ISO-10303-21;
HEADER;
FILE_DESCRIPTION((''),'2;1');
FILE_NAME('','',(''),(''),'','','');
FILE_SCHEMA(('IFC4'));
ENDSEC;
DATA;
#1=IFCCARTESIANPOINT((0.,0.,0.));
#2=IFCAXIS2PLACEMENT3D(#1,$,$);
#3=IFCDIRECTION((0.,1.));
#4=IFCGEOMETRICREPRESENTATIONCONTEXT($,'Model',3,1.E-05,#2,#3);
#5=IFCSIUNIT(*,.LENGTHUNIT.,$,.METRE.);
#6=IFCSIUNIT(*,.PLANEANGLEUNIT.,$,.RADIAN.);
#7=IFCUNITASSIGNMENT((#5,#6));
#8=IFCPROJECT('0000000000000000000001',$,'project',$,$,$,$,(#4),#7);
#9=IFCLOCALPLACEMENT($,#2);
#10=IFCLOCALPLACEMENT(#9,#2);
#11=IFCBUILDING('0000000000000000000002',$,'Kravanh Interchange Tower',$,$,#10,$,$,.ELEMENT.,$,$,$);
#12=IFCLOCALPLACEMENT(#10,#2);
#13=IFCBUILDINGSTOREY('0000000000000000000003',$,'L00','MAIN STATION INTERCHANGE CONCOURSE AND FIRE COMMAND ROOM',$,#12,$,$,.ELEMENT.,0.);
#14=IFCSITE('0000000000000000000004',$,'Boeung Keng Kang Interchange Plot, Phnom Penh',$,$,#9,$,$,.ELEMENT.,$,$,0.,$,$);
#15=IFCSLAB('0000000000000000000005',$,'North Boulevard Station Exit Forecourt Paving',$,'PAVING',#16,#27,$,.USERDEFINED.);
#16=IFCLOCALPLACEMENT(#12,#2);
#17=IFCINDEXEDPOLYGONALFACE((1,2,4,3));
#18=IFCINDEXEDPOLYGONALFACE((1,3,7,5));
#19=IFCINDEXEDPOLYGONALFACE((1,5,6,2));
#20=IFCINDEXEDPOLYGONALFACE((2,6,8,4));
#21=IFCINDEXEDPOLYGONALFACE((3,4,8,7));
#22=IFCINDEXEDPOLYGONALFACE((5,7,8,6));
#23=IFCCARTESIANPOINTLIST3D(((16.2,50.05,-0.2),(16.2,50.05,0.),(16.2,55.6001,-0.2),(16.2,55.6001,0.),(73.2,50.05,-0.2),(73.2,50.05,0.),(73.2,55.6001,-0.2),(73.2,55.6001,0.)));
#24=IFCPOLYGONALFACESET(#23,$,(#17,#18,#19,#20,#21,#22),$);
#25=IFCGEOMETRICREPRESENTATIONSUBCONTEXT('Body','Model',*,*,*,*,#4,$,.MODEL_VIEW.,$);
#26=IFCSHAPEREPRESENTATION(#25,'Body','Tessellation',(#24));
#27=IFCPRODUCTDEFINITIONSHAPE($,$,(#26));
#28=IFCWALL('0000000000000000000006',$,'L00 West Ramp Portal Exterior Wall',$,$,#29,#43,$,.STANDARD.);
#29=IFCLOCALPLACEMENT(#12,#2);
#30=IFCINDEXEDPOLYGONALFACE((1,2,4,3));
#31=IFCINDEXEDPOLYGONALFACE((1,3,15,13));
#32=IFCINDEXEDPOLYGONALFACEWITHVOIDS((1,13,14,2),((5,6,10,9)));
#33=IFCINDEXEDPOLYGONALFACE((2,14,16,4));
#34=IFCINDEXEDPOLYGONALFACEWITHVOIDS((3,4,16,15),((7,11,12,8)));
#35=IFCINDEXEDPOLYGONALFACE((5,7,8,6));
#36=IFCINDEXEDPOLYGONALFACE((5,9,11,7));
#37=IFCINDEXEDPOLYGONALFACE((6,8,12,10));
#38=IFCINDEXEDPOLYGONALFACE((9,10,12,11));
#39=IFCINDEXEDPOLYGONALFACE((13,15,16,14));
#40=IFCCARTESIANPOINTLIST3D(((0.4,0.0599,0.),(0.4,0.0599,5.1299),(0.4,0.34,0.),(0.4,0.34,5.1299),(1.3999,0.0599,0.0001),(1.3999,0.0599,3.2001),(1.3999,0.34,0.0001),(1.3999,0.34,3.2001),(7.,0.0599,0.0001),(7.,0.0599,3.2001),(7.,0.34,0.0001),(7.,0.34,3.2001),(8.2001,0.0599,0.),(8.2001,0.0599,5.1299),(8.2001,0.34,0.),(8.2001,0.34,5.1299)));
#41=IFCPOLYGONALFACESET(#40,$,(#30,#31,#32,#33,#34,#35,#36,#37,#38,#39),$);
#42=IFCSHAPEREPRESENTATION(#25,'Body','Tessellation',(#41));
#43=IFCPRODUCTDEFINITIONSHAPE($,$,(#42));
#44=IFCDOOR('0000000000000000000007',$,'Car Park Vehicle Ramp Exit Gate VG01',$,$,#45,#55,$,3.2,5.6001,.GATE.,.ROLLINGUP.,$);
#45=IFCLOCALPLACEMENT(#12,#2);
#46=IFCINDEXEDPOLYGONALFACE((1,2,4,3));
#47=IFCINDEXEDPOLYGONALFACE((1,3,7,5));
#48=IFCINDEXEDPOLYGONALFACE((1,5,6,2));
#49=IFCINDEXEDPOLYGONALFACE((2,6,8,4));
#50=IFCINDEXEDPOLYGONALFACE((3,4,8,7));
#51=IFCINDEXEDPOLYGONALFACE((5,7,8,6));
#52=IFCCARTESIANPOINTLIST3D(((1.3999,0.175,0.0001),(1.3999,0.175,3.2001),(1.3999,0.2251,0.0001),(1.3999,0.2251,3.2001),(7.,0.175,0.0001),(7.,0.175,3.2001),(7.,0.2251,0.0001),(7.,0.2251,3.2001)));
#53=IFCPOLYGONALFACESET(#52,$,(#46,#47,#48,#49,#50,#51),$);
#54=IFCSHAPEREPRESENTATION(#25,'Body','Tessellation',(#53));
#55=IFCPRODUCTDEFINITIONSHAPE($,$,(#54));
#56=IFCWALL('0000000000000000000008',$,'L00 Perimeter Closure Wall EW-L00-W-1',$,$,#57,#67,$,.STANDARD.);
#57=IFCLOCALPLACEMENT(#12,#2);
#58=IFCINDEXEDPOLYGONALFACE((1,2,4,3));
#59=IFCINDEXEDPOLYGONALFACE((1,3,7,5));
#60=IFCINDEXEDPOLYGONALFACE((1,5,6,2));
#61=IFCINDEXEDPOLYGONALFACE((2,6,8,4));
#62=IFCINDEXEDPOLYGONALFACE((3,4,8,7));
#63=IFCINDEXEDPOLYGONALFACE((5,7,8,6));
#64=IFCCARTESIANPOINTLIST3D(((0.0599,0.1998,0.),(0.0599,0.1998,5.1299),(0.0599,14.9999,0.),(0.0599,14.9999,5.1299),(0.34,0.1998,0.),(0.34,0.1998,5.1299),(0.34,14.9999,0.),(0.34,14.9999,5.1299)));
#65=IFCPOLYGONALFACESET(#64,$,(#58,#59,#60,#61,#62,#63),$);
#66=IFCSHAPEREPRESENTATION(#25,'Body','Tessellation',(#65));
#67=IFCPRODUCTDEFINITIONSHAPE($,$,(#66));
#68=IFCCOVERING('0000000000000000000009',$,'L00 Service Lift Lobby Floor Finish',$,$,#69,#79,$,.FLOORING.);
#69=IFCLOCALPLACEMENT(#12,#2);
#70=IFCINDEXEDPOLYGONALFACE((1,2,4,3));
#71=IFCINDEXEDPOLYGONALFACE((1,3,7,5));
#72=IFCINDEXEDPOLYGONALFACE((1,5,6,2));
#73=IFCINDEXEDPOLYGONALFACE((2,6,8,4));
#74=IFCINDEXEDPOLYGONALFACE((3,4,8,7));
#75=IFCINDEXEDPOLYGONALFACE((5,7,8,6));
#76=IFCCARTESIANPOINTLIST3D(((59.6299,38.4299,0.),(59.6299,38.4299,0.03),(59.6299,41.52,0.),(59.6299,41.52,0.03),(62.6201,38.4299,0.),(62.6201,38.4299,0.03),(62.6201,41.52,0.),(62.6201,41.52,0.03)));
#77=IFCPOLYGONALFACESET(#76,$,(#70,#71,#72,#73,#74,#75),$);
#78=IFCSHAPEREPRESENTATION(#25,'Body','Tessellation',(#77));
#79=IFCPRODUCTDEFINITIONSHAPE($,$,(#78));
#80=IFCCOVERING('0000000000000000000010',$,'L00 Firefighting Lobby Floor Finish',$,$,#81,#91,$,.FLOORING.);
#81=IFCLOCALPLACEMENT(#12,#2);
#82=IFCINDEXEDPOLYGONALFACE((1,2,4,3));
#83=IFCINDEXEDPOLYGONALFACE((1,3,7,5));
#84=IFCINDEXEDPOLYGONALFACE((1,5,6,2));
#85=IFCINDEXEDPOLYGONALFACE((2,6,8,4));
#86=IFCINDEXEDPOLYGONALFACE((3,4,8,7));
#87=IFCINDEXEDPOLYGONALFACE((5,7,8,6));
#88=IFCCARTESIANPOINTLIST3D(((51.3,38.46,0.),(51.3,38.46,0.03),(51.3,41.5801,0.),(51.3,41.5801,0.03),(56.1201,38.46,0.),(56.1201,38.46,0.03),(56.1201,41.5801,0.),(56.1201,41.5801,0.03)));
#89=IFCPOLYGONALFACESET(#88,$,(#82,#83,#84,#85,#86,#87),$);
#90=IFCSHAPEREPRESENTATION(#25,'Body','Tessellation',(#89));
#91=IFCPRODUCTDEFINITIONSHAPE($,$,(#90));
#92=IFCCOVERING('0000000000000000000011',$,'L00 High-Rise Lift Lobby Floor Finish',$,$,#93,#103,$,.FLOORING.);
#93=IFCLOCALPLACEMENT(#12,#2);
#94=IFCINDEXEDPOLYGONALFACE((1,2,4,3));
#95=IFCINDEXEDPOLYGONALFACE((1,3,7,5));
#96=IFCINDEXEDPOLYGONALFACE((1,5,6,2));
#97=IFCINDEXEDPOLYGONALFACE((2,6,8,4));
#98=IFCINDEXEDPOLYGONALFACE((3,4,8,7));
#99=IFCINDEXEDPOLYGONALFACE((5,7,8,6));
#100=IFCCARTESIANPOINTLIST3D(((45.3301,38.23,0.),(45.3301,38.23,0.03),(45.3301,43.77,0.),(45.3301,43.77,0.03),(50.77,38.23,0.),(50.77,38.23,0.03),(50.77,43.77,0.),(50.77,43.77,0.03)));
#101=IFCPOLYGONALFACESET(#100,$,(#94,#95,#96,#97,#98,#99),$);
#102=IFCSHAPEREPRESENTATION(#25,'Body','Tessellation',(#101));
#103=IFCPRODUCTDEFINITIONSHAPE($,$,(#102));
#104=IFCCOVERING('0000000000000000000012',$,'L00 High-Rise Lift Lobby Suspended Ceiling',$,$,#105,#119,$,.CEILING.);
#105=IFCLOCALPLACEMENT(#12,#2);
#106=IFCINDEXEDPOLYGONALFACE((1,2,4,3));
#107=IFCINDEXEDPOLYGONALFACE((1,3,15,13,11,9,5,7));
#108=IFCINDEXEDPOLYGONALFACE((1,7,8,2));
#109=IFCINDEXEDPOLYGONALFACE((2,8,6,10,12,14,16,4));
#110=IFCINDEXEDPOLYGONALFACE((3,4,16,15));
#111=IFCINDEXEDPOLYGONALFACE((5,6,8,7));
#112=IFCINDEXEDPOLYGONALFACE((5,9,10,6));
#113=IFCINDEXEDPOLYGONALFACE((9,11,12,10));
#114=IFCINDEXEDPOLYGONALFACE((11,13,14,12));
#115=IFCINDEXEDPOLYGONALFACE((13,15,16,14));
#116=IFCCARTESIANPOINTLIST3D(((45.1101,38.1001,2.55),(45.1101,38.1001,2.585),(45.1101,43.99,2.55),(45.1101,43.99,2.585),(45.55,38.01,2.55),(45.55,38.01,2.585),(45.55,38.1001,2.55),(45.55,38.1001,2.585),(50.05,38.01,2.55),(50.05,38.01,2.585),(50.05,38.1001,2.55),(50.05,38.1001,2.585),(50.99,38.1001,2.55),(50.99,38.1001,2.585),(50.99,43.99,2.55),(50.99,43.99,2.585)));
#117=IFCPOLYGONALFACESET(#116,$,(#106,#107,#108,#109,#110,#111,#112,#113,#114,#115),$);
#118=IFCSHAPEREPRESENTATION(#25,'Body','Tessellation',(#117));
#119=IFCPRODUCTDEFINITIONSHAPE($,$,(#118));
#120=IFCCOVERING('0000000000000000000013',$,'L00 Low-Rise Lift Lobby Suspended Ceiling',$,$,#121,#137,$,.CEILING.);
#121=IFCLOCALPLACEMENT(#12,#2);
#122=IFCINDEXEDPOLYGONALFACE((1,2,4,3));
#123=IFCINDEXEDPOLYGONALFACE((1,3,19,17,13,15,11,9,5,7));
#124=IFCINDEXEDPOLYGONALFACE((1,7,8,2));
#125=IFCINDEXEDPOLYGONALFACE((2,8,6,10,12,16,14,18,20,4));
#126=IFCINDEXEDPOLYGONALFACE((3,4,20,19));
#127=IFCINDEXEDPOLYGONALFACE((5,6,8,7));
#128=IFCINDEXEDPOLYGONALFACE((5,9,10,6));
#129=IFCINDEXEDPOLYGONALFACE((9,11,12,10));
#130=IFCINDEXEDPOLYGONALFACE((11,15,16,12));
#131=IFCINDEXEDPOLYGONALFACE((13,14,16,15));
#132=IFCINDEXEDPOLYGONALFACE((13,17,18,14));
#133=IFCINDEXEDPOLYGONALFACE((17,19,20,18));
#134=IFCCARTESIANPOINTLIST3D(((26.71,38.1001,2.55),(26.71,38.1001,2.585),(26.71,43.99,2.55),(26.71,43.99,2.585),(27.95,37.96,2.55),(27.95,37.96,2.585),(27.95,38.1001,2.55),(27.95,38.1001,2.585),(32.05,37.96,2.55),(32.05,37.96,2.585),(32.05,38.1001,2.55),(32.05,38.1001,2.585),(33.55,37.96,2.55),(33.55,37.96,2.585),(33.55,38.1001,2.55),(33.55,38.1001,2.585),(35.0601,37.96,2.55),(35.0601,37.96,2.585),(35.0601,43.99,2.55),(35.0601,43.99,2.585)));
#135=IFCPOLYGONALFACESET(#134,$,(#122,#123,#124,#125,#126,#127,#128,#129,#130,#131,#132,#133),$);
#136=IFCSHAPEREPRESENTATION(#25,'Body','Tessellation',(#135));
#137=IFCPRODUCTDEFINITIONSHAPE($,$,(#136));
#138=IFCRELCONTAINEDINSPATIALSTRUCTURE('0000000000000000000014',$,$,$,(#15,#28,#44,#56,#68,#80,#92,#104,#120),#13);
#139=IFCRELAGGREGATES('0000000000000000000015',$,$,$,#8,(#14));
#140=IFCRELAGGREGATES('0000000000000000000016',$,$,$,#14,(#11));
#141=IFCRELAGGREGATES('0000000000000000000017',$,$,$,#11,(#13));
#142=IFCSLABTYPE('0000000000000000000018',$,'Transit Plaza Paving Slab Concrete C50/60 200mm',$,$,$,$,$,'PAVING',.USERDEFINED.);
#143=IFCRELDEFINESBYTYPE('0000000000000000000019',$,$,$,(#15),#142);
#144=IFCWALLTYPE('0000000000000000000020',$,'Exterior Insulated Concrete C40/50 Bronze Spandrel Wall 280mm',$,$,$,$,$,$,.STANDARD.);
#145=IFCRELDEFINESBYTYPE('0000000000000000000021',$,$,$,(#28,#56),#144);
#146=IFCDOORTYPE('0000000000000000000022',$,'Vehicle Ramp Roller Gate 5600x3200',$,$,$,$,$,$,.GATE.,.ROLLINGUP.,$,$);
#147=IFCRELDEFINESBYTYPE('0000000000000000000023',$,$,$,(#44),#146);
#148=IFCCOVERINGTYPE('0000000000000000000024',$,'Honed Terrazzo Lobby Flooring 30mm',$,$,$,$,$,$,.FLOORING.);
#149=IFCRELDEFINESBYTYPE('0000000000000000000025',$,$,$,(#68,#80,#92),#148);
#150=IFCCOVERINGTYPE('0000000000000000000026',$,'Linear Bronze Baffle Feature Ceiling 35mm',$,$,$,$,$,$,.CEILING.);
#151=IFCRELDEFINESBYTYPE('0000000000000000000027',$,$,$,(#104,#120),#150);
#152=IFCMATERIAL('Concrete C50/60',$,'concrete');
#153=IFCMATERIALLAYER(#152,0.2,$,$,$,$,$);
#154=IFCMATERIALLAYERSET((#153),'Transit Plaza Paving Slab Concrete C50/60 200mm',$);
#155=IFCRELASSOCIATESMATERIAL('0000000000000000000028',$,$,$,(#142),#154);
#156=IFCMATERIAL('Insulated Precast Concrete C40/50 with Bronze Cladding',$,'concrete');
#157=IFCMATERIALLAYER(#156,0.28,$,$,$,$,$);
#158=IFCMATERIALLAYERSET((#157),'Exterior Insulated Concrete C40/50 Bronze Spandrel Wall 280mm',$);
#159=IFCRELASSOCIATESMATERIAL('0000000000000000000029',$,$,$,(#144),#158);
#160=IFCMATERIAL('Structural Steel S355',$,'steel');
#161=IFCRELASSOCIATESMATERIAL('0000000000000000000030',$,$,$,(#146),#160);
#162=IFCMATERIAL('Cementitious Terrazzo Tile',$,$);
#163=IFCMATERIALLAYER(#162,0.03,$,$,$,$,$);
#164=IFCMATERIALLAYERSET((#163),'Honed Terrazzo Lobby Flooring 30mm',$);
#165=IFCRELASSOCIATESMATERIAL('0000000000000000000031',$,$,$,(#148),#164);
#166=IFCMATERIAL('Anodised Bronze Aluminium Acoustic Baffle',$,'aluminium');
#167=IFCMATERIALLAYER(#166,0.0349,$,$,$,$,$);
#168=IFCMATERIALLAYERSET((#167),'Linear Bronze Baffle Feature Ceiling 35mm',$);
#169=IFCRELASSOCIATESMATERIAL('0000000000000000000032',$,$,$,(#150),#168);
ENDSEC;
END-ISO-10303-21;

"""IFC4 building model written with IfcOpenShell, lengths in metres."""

from ifc_helpers import new_model, si_unit, direction, frame, frame_2d, origin, place, context, subcontext, project, spatial, polyline, rectangle, outline, extrude, material, layer, layer_set, type_object, element, fill, save


model = new_model("IFC4")

# Units and contexts
model_context = context("Model", 3, precision=1e-05, world=origin(), true_north=direction((0.0, 1.0)))
body_context = subcontext(model_context, "Body", "Model", "MODEL_VIEW")
ifc_project = project(units=[si_unit("LENGTHUNIT", "METRE"), si_unit("PLANEANGLEUNIT", "RADIAN")], contexts=[model_context])

# Site, building, storey
site_placement = place(None, origin())
site = spatial("IfcSite", under=ifc_project, at=site_placement, Name="Boeung Keng Kang Interchange Plot, Phnom Penh", CompositionType="ELEMENT", RefElevation=0.0)
building_placement = place(site_placement, origin())
building = spatial("IfcBuilding", under=site, at=building_placement, Name="Kravanh Interchange Tower", CompositionType="ELEMENT")
storey_placement = place(building_placement, origin())
storey = spatial("IfcBuildingStorey", under=building, at=storey_placement, Name="L00", Description="MAIN STATION INTERCHANGE CONCOURSE AND FIRE COMMAND ROOM", CompositionType="ELEMENT", Elevation=0.0)

# Slab
ifc_material_1 = material(Name="Concrete C50/60", Category="concrete")
ifc_layer_1 = layer(ifc_material_1, 0.2)
ifc_layer_set_1 = layer_set([ifc_layer_1], Name="Transit Plaza Paving Slab Concrete C50/60 200mm")
slab_type_1 = type_object("IfcSlabType", Name="Transit Plaza Paving Slab Concrete C50/60 200mm", ElementType="PAVING", PredefinedType="USERDEFINED", material=ifc_layer_set_1)
slab_1_placement = place(storey_placement, frame((0.0, 0.0, -0.2)))
element("IfcSlab", 1, at=slab_1_placement, inside=storey, type_object=slab_type_1, Name="North Boulevard Station Exit Forecourt Paving", ObjectType="PAVING", PredefinedType="USERDEFINED", context=body_context, shape_type="SweptSolid", body=[
    extrude(outline(polyline([(16.2, 50.05), (73.2, 50.05), (73.2, 55.6001), (16.2, 55.6001), (16.2, 50.05)])), origin(), (0.0, 0.0, 1.0), 0.2),
])

# Wall, opening, door
ifc_material_2 = material(Name="Insulated Precast Concrete C40/50 with Bronze Cladding", Category="concrete")
ifc_layer_2 = layer(ifc_material_2, 0.28)
ifc_layer_set_2 = layer_set([ifc_layer_2], Name="Exterior Insulated Concrete C40/50 Bronze Spandrel Wall 280mm")
wall_type = type_object("IfcWallType", Name="Exterior Insulated Concrete C40/50 Bronze Spandrel Wall 280mm", PredefinedType="STANDARD", material=ifc_layer_set_2)
wall_1_placement = place(storey_placement, frame((8.2, 0.2, 0.0), z_axis=(0.0, 0.0, 1.0), x_axis=(-1.0, 0.0, 0.0)))
wall_1 = element("IfcWall", 2, at=wall_1_placement, inside=storey, type_object=wall_type, Name="L00 West Ramp Portal Exterior Wall", PredefinedType="STANDARD", context=body_context, shape_type="SweptSolid", body=[
    extrude(rectangle(XDim=7.8, YDim=0.28, at=frame_2d((3.8999, 0.0))), origin(), (0.0, 0.0, 1.0), 5.1299),
])
opening_1_placement = place(wall_1_placement, frame((1.2, 0.0, 0.0)))
opening_1 = element("IfcOpeningElement", 3, at=opening_1_placement, cuts=wall_1, PredefinedType="OPENING", context=body_context, shape_type="SweptSolid", body=[
    extrude(rectangle(XDim=5.6001, YDim=3.2, at=frame_2d((2.8, 1.6001))), frame((0.0, 0.1499, 0.0), z_axis=(0.0, -1.0, 0.0), x_axis=(1.0, 0.0, 0.0)), (0.0, 0.0, 1.0), 0.3),
])
ifc_material_3 = material(Name="Structural Steel S355", Category="steel")
door_type_1 = type_object("IfcDoorType", Name="Vehicle Ramp Roller Gate 5600x3200", OperationType="ROLLINGUP", PredefinedType="GATE", material=ifc_material_3)
door_1_placement = place(opening_1_placement, origin())
door_1 = element("IfcDoor", 4, at=door_1_placement, inside=storey, type_object=door_type_1, Name="Car Park Vehicle Ramp Exit Gate VG01", OperationType="ROLLINGUP", OverallHeight=3.2, OverallWidth=5.6001, PredefinedType="GATE", context=body_context, shape_type="SweptSolid", body=[
    extrude(rectangle(XDim=5.6001, YDim=3.2, at=frame_2d((2.8, 1.6001))), frame((0.0, 0.0249, 0.0), z_axis=(0.0, -1.0, 0.0), x_axis=(1.0, 0.0, 0.0)), (0.0, 0.0, 1.0), 0.05),
])
fill(opening_1, door_1)

# Wall
wall_2_placement = place(storey_placement, frame((0.2, 0.2, 0.0), z_axis=(0.0, 0.0, 1.0), x_axis=(0.0, 1.0, 0.0)))
element("IfcWall", 5, at=wall_2_placement, inside=storey, type_object=wall_type, Name="L00 Perimeter Closure Wall EW-L00-W-1", PredefinedType="STANDARD", context=body_context, shape_type="SweptSolid", body=[
    extrude(rectangle(XDim=14.8, YDim=0.28, at=frame_2d((7.3999, 0.0))), origin(), (0.0, 0.0, 1.0), 5.1299),
])

# Coverings
ifc_material_4 = material(Name="Cementitious Terrazzo Tile")
ifc_layer_3 = layer(ifc_material_4, 0.03)
ifc_layer_set_3 = layer_set([ifc_layer_3], Name="Honed Terrazzo Lobby Flooring 30mm")
covering_type_1 = type_object("IfcCoveringType", Name="Honed Terrazzo Lobby Flooring 30mm", PredefinedType="FLOORING", material=ifc_layer_set_3)
covering_1_placement = place(storey_placement, origin())
element("IfcCovering", 6, at=covering_1_placement, inside=storey, type_object=covering_type_1, Name="L00 Service Lift Lobby Floor Finish", PredefinedType="FLOORING", context=body_context, shape_type="SweptSolid", body=[
    extrude(outline(polyline([(59.6299, 41.52), (62.6201, 41.52), (62.6201, 38.4299), (59.6299, 38.4299), (59.6299, 41.52)])), origin(), (0.0, 0.0, 1.0), 0.03),
])
covering_2_placement = place(storey_placement, origin())
element("IfcCovering", 7, at=covering_2_placement, inside=storey, type_object=covering_type_1, Name="L00 Firefighting Lobby Floor Finish", PredefinedType="FLOORING", context=body_context, shape_type="SweptSolid", body=[
    extrude(outline(polyline([(56.1201, 38.46), (51.3, 38.46), (51.3, 41.5801), (56.1201, 41.5801), (56.1201, 38.46)])), origin(), (0.0, 0.0, 1.0), 0.03),
])
covering_3_placement = place(storey_placement, origin())
element("IfcCovering", 8, at=covering_3_placement, inside=storey, type_object=covering_type_1, Name="L00 High-Rise Lift Lobby Floor Finish", PredefinedType="FLOORING", context=body_context, shape_type="SweptSolid", body=[
    extrude(outline(polyline([(45.3301, 43.77), (50.77, 43.77), (50.77, 38.23), (45.3301, 38.23), (45.3301, 43.77)])), origin(), (0.0, 0.0, 1.0), 0.03),
])
ifc_material_5 = material(Name="Anodised Bronze Aluminium Acoustic Baffle", Category="aluminium")
ifc_layer_4 = layer(ifc_material_5, 0.0349)
ifc_layer_set_4 = layer_set([ifc_layer_4], Name="Linear Bronze Baffle Feature Ceiling 35mm")
covering_type_2 = type_object("IfcCoveringType", Name="Linear Bronze Baffle Feature Ceiling 35mm", PredefinedType="CEILING", material=ifc_layer_set_4)
covering_4_placement = place(storey_placement, frame((0.0, 0.0, 2.55)))
element("IfcCovering", 9, at=covering_4_placement, inside=storey, type_object=covering_type_2, Name="L00 High-Rise Lift Lobby Suspended Ceiling", PredefinedType="CEILING", context=body_context, shape_type="SweptSolid", body=[
    extrude(outline(polyline([(50.99, 38.1001), (50.05, 38.1001), (50.05, 38.01), (45.55, 38.01), (45.55, 38.1001), (45.1101, 38.1001), (45.1101, 43.99), (50.99, 43.99), (50.99, 38.1001)])), origin(), (0.0, 0.0, 1.0), 0.0349),
])
covering_5_placement = place(storey_placement, frame((0.0, 0.0, 2.55)))
element("IfcCovering", 10, at=covering_5_placement, inside=storey, type_object=covering_type_2, Name="L00 Low-Rise Lift Lobby Suspended Ceiling", PredefinedType="CEILING", context=body_context, shape_type="SweptSolid", body=[
    extrude(outline(polyline([(35.0601, 37.96), (33.55, 37.96), (33.55, 38.1001), (32.05, 38.1001), (32.05, 37.96), (27.95, 37.96), (27.95, 38.1001), (26.71, 38.1001), (26.71, 43.99), (35.0601, 43.99), (35.0601, 37.96)])), origin(), (0.0, 0.0, 1.0), 0.0349),
])

save(model, "model.ifc")
